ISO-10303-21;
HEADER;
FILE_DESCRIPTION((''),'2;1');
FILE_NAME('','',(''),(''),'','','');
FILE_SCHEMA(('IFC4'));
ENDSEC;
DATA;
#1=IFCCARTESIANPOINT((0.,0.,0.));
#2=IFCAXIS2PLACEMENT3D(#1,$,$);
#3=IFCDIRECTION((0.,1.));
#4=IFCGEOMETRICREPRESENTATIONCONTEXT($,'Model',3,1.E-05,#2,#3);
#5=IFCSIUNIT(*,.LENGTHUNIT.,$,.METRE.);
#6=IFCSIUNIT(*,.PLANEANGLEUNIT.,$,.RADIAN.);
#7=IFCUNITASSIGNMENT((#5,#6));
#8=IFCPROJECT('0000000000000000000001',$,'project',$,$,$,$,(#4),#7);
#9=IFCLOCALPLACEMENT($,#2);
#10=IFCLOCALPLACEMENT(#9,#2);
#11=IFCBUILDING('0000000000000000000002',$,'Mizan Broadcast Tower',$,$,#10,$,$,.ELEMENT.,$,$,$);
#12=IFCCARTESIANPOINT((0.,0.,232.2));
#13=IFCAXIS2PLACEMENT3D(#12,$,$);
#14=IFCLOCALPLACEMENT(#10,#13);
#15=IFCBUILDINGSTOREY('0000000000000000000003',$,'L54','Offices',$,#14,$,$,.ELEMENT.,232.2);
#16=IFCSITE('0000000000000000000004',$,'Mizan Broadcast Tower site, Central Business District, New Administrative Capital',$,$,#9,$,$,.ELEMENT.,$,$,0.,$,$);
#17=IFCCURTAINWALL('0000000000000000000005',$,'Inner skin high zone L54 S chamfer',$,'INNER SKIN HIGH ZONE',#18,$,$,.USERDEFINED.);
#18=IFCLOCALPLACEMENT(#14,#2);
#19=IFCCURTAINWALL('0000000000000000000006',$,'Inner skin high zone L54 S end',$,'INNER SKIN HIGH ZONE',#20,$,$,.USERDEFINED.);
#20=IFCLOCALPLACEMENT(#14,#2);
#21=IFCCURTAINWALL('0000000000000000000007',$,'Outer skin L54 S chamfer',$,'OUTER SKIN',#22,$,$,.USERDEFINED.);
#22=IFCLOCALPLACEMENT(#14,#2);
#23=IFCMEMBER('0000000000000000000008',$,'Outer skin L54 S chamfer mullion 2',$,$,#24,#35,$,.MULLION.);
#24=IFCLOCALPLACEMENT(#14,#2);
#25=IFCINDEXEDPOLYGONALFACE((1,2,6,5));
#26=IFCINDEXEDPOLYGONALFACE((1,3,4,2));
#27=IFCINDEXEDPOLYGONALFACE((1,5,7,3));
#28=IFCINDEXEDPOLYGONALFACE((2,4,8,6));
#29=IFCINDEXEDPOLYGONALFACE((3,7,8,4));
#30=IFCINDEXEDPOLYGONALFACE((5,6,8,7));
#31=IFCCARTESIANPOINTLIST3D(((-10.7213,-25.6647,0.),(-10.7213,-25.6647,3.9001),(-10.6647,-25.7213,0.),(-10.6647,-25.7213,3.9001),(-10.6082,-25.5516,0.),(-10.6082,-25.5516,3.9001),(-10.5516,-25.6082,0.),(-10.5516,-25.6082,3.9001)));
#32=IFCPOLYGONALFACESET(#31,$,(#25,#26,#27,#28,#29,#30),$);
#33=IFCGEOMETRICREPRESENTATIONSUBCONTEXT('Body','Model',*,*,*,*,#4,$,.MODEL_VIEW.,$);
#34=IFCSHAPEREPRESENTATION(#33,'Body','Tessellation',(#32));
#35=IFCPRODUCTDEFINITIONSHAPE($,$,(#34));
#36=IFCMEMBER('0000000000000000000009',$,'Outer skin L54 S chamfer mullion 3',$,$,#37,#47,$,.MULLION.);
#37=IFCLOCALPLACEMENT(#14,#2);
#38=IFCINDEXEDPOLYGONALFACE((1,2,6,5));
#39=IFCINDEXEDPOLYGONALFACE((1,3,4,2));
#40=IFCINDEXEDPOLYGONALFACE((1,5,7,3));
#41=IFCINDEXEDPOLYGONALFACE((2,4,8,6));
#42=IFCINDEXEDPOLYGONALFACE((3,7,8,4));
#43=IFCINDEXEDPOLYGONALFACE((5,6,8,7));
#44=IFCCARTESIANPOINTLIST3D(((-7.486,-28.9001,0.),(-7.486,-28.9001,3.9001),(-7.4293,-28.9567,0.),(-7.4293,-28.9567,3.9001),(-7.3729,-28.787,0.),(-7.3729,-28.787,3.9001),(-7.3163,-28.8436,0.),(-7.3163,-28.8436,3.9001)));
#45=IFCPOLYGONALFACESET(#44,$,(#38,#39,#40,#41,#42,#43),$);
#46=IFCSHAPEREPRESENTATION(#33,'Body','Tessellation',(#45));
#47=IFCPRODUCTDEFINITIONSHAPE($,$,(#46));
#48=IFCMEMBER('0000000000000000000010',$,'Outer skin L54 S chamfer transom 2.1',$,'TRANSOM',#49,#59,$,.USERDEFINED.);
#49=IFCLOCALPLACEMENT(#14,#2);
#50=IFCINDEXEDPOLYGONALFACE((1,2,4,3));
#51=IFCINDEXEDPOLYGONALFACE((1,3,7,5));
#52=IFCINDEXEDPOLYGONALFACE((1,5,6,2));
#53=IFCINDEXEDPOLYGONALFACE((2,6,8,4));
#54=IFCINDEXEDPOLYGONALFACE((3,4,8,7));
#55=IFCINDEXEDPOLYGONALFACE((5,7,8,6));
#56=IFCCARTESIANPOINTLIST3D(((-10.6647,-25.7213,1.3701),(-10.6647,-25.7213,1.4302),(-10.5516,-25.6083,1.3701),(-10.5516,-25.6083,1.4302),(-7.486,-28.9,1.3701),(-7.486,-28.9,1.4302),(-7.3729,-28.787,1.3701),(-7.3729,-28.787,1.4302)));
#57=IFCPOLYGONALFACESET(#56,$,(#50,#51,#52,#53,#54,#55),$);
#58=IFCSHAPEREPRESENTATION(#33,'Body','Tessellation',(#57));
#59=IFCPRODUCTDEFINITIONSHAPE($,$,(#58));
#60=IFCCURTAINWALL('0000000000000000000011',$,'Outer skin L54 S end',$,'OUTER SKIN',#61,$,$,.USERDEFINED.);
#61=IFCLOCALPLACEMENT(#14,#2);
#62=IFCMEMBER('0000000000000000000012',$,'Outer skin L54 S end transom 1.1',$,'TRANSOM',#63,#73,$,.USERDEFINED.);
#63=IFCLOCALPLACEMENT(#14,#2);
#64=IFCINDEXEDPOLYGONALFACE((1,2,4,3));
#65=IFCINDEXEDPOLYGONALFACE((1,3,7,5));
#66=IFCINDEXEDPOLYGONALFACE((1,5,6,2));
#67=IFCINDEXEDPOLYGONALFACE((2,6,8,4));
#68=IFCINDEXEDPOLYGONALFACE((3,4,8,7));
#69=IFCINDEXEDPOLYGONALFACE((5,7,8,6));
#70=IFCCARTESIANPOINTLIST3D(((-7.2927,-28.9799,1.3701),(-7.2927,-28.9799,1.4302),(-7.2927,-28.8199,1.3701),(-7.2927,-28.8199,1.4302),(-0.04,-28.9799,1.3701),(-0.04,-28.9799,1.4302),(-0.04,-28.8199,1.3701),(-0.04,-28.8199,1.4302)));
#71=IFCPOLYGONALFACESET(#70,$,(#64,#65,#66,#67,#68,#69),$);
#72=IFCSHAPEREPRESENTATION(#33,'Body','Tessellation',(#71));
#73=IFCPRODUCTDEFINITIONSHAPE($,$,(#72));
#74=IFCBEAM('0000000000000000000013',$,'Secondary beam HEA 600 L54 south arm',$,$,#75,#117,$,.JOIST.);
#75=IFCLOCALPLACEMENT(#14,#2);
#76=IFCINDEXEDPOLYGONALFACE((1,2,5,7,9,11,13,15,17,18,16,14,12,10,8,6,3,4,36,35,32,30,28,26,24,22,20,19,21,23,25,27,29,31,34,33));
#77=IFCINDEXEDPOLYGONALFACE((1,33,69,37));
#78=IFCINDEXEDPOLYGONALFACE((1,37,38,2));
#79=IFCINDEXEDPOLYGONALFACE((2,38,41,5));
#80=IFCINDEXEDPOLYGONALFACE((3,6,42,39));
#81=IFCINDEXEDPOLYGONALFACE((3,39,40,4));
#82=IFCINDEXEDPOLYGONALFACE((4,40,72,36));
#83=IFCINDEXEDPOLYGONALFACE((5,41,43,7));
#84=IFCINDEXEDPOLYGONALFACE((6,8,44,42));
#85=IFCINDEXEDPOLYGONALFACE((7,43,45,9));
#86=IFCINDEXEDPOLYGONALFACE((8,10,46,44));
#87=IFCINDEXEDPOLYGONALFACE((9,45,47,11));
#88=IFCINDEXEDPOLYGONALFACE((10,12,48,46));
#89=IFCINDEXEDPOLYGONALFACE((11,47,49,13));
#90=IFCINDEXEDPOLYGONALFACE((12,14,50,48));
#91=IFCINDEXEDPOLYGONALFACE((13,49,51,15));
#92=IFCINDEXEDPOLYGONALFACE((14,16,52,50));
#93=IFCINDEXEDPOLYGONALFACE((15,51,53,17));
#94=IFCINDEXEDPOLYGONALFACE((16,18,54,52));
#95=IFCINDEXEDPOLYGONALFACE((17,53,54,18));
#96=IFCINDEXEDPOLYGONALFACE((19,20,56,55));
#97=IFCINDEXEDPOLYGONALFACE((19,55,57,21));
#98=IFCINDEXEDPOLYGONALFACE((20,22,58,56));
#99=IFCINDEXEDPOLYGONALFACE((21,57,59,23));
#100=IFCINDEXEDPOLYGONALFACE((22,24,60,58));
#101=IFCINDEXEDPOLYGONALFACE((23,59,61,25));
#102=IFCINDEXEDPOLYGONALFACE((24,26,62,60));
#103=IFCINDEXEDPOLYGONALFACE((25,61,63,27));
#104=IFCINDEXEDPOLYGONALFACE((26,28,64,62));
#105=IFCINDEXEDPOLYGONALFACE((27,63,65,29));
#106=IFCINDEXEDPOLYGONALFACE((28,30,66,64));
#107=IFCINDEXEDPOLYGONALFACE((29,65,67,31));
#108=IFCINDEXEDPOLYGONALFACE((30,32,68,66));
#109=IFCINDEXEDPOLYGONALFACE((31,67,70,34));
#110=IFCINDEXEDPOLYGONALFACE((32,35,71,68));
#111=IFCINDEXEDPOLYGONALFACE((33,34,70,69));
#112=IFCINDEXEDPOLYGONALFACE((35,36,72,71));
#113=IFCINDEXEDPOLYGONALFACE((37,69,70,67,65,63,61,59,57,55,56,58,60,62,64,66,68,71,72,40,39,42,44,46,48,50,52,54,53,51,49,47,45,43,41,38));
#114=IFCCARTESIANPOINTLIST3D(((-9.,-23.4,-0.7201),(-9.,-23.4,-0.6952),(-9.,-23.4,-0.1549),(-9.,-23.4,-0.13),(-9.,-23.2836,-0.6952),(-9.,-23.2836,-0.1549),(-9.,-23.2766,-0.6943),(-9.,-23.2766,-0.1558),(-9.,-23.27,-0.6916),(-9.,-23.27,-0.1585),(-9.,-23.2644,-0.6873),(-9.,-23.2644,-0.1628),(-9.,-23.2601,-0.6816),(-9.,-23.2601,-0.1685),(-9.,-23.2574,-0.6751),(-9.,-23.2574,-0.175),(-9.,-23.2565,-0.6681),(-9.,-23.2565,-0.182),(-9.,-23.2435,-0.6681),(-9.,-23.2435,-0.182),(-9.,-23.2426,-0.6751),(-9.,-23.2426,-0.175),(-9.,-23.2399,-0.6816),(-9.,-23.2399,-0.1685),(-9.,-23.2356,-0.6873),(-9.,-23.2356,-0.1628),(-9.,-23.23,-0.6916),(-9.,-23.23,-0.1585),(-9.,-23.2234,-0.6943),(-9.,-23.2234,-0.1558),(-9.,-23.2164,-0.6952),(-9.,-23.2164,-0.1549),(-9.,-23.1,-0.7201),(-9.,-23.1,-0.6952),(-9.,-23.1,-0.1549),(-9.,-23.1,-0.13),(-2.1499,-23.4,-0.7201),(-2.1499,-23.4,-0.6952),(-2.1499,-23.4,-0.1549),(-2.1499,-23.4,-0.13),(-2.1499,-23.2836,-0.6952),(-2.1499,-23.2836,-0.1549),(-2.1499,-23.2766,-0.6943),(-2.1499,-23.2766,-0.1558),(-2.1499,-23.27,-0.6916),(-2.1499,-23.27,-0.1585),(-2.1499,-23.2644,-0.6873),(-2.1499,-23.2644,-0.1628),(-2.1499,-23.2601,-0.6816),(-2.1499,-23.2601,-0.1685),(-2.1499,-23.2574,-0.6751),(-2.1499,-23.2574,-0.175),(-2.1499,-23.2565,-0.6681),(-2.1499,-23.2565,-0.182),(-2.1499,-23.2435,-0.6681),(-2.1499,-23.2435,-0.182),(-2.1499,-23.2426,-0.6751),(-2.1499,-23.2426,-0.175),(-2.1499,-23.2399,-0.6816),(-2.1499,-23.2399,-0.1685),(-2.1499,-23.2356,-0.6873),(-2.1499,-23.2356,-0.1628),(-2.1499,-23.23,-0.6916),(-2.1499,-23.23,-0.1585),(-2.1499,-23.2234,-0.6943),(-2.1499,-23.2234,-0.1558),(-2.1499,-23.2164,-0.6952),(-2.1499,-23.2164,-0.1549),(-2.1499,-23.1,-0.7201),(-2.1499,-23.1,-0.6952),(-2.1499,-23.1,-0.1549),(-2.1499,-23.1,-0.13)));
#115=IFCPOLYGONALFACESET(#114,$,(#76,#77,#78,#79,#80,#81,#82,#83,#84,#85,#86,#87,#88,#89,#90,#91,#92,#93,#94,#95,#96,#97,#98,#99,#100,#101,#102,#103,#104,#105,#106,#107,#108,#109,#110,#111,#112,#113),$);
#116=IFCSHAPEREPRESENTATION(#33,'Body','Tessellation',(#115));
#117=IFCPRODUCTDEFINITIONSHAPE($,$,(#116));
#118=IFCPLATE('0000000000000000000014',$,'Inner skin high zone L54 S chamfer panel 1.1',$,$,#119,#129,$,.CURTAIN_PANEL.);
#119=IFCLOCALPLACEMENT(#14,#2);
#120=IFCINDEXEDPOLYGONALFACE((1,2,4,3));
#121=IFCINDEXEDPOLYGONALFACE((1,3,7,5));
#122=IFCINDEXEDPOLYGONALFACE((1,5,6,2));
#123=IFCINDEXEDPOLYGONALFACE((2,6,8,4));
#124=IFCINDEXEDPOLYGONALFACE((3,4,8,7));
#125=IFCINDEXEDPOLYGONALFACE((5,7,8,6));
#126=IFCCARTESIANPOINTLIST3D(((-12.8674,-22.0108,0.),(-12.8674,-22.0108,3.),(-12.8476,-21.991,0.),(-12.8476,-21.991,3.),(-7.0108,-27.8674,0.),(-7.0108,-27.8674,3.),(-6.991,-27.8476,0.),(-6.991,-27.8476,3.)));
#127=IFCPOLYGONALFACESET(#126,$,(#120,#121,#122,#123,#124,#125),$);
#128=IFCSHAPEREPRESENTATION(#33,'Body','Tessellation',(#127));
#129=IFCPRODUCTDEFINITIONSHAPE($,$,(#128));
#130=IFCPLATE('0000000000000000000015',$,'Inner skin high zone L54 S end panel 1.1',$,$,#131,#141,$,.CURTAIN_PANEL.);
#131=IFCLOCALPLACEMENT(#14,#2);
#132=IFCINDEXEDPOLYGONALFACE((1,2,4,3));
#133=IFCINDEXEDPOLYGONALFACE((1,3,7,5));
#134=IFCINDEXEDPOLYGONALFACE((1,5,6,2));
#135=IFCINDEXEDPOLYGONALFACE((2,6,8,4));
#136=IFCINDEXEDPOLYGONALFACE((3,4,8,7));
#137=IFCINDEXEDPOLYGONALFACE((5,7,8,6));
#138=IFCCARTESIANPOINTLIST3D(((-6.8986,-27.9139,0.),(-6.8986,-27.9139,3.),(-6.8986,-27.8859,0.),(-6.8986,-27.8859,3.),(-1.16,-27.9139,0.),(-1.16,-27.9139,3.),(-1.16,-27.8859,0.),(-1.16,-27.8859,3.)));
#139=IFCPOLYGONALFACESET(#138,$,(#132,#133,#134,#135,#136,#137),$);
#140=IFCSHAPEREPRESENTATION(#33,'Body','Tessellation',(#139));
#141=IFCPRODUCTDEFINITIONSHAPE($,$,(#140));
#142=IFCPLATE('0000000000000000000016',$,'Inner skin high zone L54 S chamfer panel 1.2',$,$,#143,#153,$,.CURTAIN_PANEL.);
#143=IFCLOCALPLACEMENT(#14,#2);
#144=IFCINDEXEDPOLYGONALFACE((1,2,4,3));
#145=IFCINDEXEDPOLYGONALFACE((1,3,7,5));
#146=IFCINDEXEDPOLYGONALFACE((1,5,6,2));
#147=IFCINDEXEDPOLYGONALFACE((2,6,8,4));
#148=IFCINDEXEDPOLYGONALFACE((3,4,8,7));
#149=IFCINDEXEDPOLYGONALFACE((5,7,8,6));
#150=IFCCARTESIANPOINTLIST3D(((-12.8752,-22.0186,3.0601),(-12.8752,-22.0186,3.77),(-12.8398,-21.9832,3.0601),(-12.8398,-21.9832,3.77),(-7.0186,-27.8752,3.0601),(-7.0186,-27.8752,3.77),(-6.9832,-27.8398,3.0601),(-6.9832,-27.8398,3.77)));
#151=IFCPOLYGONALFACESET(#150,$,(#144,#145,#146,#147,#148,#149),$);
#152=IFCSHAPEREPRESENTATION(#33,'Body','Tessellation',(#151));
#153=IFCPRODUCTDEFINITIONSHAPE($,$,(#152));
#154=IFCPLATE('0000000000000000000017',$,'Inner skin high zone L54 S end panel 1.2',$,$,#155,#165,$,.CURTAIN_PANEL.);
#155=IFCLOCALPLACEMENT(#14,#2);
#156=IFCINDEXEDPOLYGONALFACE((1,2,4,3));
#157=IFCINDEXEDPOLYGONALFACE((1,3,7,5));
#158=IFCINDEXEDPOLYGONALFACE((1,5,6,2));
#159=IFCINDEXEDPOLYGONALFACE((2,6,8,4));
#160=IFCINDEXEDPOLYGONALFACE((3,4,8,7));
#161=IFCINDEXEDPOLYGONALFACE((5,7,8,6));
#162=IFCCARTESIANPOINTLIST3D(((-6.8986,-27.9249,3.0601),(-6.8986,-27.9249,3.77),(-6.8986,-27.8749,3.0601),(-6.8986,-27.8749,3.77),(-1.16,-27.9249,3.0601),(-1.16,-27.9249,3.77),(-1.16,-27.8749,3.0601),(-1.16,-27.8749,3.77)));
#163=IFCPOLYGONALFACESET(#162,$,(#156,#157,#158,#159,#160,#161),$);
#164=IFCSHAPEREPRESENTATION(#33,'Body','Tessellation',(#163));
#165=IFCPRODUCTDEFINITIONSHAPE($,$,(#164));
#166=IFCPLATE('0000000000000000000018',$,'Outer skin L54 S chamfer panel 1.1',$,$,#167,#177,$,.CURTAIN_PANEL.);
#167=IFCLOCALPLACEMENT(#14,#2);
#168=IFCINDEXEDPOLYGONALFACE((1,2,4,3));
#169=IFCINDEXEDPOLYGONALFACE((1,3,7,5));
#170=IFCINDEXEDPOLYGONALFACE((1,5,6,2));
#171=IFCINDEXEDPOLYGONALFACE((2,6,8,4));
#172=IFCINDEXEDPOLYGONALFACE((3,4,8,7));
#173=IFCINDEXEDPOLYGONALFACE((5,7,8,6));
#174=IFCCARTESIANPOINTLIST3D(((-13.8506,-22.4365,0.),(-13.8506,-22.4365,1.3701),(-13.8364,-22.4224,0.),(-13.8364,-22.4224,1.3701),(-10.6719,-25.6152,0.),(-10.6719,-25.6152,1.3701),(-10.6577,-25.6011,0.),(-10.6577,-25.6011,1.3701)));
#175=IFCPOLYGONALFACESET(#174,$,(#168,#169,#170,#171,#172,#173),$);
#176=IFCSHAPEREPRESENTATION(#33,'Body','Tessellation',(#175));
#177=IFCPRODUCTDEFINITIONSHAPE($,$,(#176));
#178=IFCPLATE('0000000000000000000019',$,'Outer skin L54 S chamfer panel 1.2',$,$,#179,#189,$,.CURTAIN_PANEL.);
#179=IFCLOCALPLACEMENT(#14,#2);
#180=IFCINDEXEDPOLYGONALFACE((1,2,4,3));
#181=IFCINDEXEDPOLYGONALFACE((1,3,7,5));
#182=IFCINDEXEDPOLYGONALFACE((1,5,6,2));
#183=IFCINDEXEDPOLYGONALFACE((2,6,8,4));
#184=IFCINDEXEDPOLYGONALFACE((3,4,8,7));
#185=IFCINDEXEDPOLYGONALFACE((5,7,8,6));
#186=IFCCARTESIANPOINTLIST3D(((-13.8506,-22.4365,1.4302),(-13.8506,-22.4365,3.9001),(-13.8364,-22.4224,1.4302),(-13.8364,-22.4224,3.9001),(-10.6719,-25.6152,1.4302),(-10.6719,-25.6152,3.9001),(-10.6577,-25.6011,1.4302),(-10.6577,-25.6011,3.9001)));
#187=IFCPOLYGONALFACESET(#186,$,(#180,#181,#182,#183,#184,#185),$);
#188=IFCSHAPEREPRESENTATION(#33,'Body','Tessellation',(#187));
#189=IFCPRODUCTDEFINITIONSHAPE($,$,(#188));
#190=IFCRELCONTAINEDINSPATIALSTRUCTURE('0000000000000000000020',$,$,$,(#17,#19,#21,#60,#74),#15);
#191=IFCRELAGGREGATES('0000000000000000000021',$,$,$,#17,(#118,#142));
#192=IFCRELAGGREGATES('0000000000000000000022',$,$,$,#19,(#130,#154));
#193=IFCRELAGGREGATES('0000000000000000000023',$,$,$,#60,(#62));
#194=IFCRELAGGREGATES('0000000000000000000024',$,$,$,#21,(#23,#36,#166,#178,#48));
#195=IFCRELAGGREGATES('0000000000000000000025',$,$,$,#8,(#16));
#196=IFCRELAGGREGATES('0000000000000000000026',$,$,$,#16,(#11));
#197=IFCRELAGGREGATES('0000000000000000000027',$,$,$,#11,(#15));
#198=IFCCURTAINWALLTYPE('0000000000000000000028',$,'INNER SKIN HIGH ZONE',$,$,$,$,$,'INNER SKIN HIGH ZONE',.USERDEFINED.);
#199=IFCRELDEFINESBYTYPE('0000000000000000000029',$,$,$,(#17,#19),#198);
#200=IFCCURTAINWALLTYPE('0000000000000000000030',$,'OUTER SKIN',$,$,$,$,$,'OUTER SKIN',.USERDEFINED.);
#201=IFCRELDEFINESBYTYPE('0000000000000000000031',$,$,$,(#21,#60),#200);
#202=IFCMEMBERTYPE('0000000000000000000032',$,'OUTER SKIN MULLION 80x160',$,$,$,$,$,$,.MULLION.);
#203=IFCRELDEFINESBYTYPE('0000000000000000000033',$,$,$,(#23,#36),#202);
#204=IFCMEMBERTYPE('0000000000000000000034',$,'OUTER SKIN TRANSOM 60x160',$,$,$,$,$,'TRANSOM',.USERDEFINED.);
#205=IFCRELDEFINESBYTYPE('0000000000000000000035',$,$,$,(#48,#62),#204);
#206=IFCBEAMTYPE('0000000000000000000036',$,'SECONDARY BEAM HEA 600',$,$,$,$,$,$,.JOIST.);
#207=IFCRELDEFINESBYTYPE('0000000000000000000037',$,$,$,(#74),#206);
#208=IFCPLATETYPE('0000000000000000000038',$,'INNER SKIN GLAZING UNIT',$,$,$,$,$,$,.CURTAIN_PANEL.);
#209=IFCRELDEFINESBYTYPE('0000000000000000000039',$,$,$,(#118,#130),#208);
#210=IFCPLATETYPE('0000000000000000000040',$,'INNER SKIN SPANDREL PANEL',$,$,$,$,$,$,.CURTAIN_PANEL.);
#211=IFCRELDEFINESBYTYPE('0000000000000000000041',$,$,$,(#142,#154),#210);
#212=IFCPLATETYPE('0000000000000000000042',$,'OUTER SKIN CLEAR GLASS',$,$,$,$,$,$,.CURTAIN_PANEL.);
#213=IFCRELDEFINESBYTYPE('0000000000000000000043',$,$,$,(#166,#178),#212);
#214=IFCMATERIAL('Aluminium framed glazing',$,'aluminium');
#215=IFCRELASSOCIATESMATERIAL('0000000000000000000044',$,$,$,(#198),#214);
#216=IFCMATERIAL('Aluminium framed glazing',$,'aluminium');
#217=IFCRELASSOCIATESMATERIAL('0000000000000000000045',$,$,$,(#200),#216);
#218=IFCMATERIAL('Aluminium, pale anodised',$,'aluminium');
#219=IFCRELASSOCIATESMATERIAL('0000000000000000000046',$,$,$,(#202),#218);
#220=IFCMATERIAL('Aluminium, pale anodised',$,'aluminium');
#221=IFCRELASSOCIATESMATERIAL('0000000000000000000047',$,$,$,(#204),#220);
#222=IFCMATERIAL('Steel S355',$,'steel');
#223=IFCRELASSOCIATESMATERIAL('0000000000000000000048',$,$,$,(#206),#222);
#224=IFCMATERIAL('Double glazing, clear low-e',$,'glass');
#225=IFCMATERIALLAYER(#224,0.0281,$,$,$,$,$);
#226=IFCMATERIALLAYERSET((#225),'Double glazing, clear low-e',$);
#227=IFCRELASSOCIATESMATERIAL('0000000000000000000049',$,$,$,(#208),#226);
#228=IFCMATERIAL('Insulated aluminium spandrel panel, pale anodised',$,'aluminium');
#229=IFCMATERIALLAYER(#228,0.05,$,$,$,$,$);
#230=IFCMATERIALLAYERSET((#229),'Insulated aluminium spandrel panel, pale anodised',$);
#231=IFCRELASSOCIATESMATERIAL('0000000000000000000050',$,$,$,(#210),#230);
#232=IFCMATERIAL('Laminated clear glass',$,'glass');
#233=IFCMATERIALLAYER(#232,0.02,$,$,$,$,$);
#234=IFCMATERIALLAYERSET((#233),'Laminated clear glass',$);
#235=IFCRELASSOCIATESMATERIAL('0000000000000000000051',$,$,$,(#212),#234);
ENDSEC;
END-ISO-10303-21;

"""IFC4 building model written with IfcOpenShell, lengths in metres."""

from ifc_helpers import new_model, si_unit, direction, frame, origin, origin_2d, place, context, subcontext, project, spatial, rectangle, i_section, extrude, material, layer, layer_set, material_profile, profile_set, type_object, element, aggregate, save


model = new_model("IFC4")

# Units and contexts
model_context = context("Model", 3, precision=1e-05, world=origin(), true_north=direction((0.0, 1.0)))
body_context = subcontext(model_context, "Body", "Model", "MODEL_VIEW")
ifc_project = project(units=[si_unit("LENGTHUNIT", "METRE"), si_unit("PLANEANGLEUNIT", "RADIAN")], contexts=[model_context])

# Site, building, storey
site_placement = place(None, origin())
site = spatial("IfcSite", under=ifc_project, at=site_placement, Name="Mizan Broadcast Tower site, Central Business District, New Administrative Capital", CompositionType="ELEMENT", RefElevation=0.0)
building_placement = place(site_placement, origin())
building = spatial("IfcBuilding", under=site, at=building_placement, Name="Mizan Broadcast Tower", CompositionType="ELEMENT")
storey_placement = place(building_placement, frame((0.0, 0.0, 232.2)))
storey = spatial("IfcBuildingStorey", under=building, at=storey_placement, Name="L54", Description="Offices", CompositionType="ELEMENT", Elevation=232.2)

# Curtain walls
ifc_material_1 = material(Name="Aluminium framed glazing", Category="aluminium")
curtain_wall_type_1 = type_object("IfcCurtainWallType", Name="INNER SKIN HIGH ZONE", ElementType="INNER SKIN HIGH ZONE", PredefinedType="USERDEFINED", material=ifc_material_1)
curtain_wall_1_placement = place(storey_placement, origin())
curtain_wall_1 = element("IfcCurtainWall", 1, at=curtain_wall_1_placement, inside=storey, type_object=curtain_wall_type_1, Name="Inner skin high zone L54 S chamfer", ObjectType="INNER SKIN HIGH ZONE", PredefinedType="USERDEFINED")
curtain_wall_2_placement = place(storey_placement, origin())
curtain_wall_2 = element("IfcCurtainWall", 2, at=curtain_wall_2_placement, inside=storey, type_object=curtain_wall_type_1, Name="Inner skin high zone L54 S end", ObjectType="INNER SKIN HIGH ZONE", PredefinedType="USERDEFINED")

# Curtain wall, members
ifc_material_2 = material(Name="Aluminium framed glazing", Category="aluminium")
curtain_wall_type_2 = type_object("IfcCurtainWallType", Name="OUTER SKIN", ElementType="OUTER SKIN", PredefinedType="USERDEFINED", material=ifc_material_2)
curtain_wall_3_placement = place(storey_placement, origin())
curtain_wall_3 = element("IfcCurtainWall", 3, at=curtain_wall_3_placement, inside=storey, type_object=curtain_wall_type_2, Name="Outer skin L54 S chamfer", ObjectType="OUTER SKIN", PredefinedType="USERDEFINED")
ifc_material_3 = material(Name="Aluminium, pale anodised", Category="aluminium")
ifc_material_profile_1 = material_profile(ifc_material_3, rectangle(XDim=0.1599, YDim=0.0801, at=origin_2d()), Name="MULLION 160x80")
ifc_profile_set_1 = profile_set([ifc_material_profile_1], Name="Aluminium, pale anodised")
member_type_1 = type_object("IfcMemberType", Name="OUTER SKIN MULLION 80x160", PredefinedType="MULLION", material=ifc_profile_set_1)
member_1_placement = place(storey_placement, frame((-10.6365, -25.6365, 0.0), z_axis=(0.0, 0.0, 1.0), x_axis=(0.707107, 0.707107, 0.0)))
member_1 = element("IfcMember", 4, at=member_1_placement, type_object=member_type_1, Name="Outer skin L54 S chamfer mullion 2", PredefinedType="MULLION", context=body_context, shape_type="SweptSolid", body=[
    extrude(rectangle(XDim=0.1599, YDim=0.0801, at=origin_2d()), origin(), (0.0, 0.0, 1.0), 3.9001),
])
member_2_placement = place(storey_placement, frame((-7.4011, -28.8718, 0.0), z_axis=(0.0, 0.0, 1.0), x_axis=(0.707107, 0.707107, 0.0)))
member_2 = element("IfcMember", 5, at=member_2_placement, type_object=member_type_1, Name="Outer skin L54 S chamfer mullion 3", PredefinedType="MULLION", context=body_context, shape_type="SweptSolid", body=[
    extrude(rectangle(XDim=0.1599, YDim=0.0801, at=origin_2d()), origin(), (0.0, 0.0, 1.0), 3.9001),
])
ifc_material_4 = material(Name="Aluminium, pale anodised", Category="aluminium")
ifc_material_profile_2 = material_profile(ifc_material_4, rectangle(XDim=0.1599, YDim=0.0601, at=origin_2d()), Name="TRANSOM 160x60")
ifc_profile_set_2 = profile_set([ifc_material_profile_2], Name="Aluminium, pale anodised")
member_type_2 = type_object("IfcMemberType", Name="OUTER SKIN TRANSOM 60x160", ElementType="TRANSOM", PredefinedType="USERDEFINED", material=ifc_profile_set_2)
member_3_placement = place(storey_placement, frame((-10.6082, -25.6648, 1.4001), z_axis=(0.707107, -0.707107, 0.0), x_axis=(0.707107, 0.707107, 0.0)))
member_3 = element("IfcMember", 6, at=member_3_placement, type_object=member_type_2, Name="Outer skin L54 S chamfer transom 2.1", ObjectType="TRANSOM", PredefinedType="USERDEFINED", context=body_context, shape_type="SweptSolid", body=[
    extrude(rectangle(XDim=0.1599, YDim=0.0601, at=origin_2d()), origin(), (0.0, 0.0, 1.0), 4.4954),
])

# Curtain wall, member
curtain_wall_4_placement = place(storey_placement, origin())
curtain_wall_4 = element("IfcCurtainWall", 7, at=curtain_wall_4_placement, inside=storey, type_object=curtain_wall_type_2, Name="Outer skin L54 S end", ObjectType="OUTER SKIN", PredefinedType="USERDEFINED")
member_4_placement = place(storey_placement, frame((-7.2927, -28.8999, 1.4001), z_axis=(1.0, 0.0, 0.0), x_axis=(0.0, 1.0, 0.0)))
member_4 = element("IfcMember", 8, at=member_4_placement, type_object=member_type_2, Name="Outer skin L54 S end transom 1.1", ObjectType="TRANSOM", PredefinedType="USERDEFINED", context=body_context, shape_type="SweptSolid", body=[
    extrude(rectangle(XDim=0.1599, YDim=0.0601, at=origin_2d()), origin(), (0.0, 0.0, 1.0), 7.2527),
])

# Beam
ifc_material_5 = material(Name="Steel S355", Category="steel")
ifc_material_profile_3 = material_profile(ifc_material_5, i_section(OverallWidth=0.3, OverallDepth=0.5901, WebThickness=0.0129, FlangeThickness=0.0249, FilletRadius=0.0271, at=origin_2d()), Name="HEA 600")
ifc_profile_set_3 = profile_set([ifc_material_profile_3], Name="Steel S355")
beam_type_1 = type_object("IfcBeamType", Name="SECONDARY BEAM HEA 600", PredefinedType="JOIST", material=ifc_profile_set_3)
beam_1_placement = place(storey_placement, frame((-9.0, -23.25, -0.425), z_axis=(1.0, 0.0, 0.0), x_axis=(0.0, 1.0, 0.0)))
element("IfcBeam", 9, at=beam_1_placement, inside=storey, type_object=beam_type_1, Name="Secondary beam HEA 600 L54 south arm", PredefinedType="JOIST", context=body_context, shape_type="SweptSolid", body=[
    extrude(i_section(OverallWidth=0.3, OverallDepth=0.5901, WebThickness=0.0129, FlangeThickness=0.0249, FilletRadius=0.0271, at=origin_2d()), origin(), (0.0, 0.0, 1.0), 6.8501),
])

# Plates
ifc_material_6 = material(Name="Double glazing, clear low-e", Category="glass")
ifc_layer_1 = layer(ifc_material_6, 0.0281)
ifc_layer_set_1 = layer_set([ifc_layer_1], Name="Double glazing, clear low-e")
plate_type_1 = type_object("IfcPlateType", Name="INNER SKIN GLAZING UNIT", PredefinedType="CURTAIN_PANEL", material=ifc_layer_set_1)
plate_1_placement = place(storey_placement, frame((-9.9292, -24.9292, 0.0), z_axis=(0.0, 0.0, 1.0), x_axis=(0.707107, -0.707107, 0.0)))
plate_1 = element("IfcPlate", 10, at=plate_1_placement, type_object=plate_type_1, Name="Inner skin high zone L54 S chamfer panel 1.1", PredefinedType="CURTAIN_PANEL", context=body_context, shape_type="SweptSolid", body=[
    extrude(rectangle(XDim=8.2825, YDim=0.0281, at=origin_2d()), origin(), (0.0, 0.0, 1.0), 3.0),
])
plate_2_placement = place(storey_placement, frame((-4.0293, -27.8999, 0.0), z_axis=(0.0, 0.0, 1.0), x_axis=(1.0, 0.0, 0.0)))
plate_2 = element("IfcPlate", 11, at=plate_2_placement, type_object=plate_type_1, Name="Inner skin high zone L54 S end panel 1.1", PredefinedType="CURTAIN_PANEL", context=body_context, shape_type="SweptSolid", body=[
    extrude(rectangle(XDim=5.7385, YDim=0.0281, at=origin_2d()), origin(), (0.0, 0.0, 1.0), 3.0),
])
ifc_material_7 = material(Name="Insulated aluminium spandrel panel, pale anodised", Category="aluminium")
ifc_layer_2 = layer(ifc_material_7, 0.05)
ifc_layer_set_2 = layer_set([ifc_layer_2], Name="Insulated aluminium spandrel panel, pale anodised")
plate_type_2 = type_object("IfcPlateType", Name="INNER SKIN SPANDREL PANEL", PredefinedType="CURTAIN_PANEL", material=ifc_layer_set_2)
plate_3_placement = place(storey_placement, frame((-9.9292, -24.9292, 3.0601), z_axis=(0.0, 0.0, 1.0), x_axis=(0.707107, -0.707107, 0.0)))
plate_3 = element("IfcPlate", 12, at=plate_3_placement, type_object=plate_type_2, Name="Inner skin high zone L54 S chamfer panel 1.2", PredefinedType="CURTAIN_PANEL", context=body_context, shape_type="SweptSolid", body=[
    extrude(rectangle(XDim=8.2825, YDim=0.05, at=origin_2d()), origin(), (0.0, 0.0, 1.0), 0.71),
])
aggregate(curtain_wall_1, [plate_1, plate_3])
plate_4_placement = place(storey_placement, frame((-4.0293, -27.8999, 3.0601), z_axis=(0.0, 0.0, 1.0), x_axis=(1.0, 0.0, 0.0)))
plate_4 = element("IfcPlate", 13, at=plate_4_placement, type_object=plate_type_2, Name="Inner skin high zone L54 S end panel 1.2", PredefinedType="CURTAIN_PANEL", context=body_context, shape_type="SweptSolid", body=[
    extrude(rectangle(XDim=5.7385, YDim=0.05, at=origin_2d()), origin(), (0.0, 0.0, 1.0), 0.71),
])
aggregate(curtain_wall_2, [plate_2, plate_4])
ifc_material_8 = material(Name="Laminated clear glass", Category="glass")
ifc_layer_3 = layer(ifc_material_8, 0.02)
ifc_layer_set_3 = layer_set([ifc_layer_3], Name="Laminated clear glass")
plate_type_3 = type_object("IfcPlateType", Name="OUTER SKIN CLEAR GLASS", PredefinedType="CURTAIN_PANEL", material=ifc_layer_set_3)
plate_5_placement = place(storey_placement, frame((-12.2542, -24.0188, 0.0), z_axis=(0.0, 0.0, 1.0), x_axis=(0.707107, -0.707107, 0.0)))
plate_5 = element("IfcPlate", 14, at=plate_5_placement, type_object=plate_type_3, Name="Outer skin L54 S chamfer panel 1.1", PredefinedType="CURTAIN_PANEL", context=body_context, shape_type="SweptSolid", body=[
    extrude(rectangle(XDim=4.4954, YDim=0.02, at=origin_2d()), origin(), (0.0, 0.0, 1.0), 1.3701),
])
plate_6_placement = place(storey_placement, frame((-12.2542, -24.0188, 1.4302), z_axis=(0.0, 0.0, 1.0), x_axis=(0.707107, -0.707107, 0.0)))
plate_6 = element("IfcPlate", 15, at=plate_6_placement, type_object=plate_type_3, Name="Outer skin L54 S chamfer panel 1.2", PredefinedType="CURTAIN_PANEL", context=body_context, shape_type="SweptSolid", body=[
    extrude(rectangle(XDim=4.4954, YDim=0.02, at=origin_2d()), origin(), (0.0, 0.0, 1.0), 2.47),
])
aggregate(curtain_wall_4, [member_4])
aggregate(curtain_wall_3, [member_1, member_2, plate_5, plate_6, member_3])

save(model, "model.ifc")
